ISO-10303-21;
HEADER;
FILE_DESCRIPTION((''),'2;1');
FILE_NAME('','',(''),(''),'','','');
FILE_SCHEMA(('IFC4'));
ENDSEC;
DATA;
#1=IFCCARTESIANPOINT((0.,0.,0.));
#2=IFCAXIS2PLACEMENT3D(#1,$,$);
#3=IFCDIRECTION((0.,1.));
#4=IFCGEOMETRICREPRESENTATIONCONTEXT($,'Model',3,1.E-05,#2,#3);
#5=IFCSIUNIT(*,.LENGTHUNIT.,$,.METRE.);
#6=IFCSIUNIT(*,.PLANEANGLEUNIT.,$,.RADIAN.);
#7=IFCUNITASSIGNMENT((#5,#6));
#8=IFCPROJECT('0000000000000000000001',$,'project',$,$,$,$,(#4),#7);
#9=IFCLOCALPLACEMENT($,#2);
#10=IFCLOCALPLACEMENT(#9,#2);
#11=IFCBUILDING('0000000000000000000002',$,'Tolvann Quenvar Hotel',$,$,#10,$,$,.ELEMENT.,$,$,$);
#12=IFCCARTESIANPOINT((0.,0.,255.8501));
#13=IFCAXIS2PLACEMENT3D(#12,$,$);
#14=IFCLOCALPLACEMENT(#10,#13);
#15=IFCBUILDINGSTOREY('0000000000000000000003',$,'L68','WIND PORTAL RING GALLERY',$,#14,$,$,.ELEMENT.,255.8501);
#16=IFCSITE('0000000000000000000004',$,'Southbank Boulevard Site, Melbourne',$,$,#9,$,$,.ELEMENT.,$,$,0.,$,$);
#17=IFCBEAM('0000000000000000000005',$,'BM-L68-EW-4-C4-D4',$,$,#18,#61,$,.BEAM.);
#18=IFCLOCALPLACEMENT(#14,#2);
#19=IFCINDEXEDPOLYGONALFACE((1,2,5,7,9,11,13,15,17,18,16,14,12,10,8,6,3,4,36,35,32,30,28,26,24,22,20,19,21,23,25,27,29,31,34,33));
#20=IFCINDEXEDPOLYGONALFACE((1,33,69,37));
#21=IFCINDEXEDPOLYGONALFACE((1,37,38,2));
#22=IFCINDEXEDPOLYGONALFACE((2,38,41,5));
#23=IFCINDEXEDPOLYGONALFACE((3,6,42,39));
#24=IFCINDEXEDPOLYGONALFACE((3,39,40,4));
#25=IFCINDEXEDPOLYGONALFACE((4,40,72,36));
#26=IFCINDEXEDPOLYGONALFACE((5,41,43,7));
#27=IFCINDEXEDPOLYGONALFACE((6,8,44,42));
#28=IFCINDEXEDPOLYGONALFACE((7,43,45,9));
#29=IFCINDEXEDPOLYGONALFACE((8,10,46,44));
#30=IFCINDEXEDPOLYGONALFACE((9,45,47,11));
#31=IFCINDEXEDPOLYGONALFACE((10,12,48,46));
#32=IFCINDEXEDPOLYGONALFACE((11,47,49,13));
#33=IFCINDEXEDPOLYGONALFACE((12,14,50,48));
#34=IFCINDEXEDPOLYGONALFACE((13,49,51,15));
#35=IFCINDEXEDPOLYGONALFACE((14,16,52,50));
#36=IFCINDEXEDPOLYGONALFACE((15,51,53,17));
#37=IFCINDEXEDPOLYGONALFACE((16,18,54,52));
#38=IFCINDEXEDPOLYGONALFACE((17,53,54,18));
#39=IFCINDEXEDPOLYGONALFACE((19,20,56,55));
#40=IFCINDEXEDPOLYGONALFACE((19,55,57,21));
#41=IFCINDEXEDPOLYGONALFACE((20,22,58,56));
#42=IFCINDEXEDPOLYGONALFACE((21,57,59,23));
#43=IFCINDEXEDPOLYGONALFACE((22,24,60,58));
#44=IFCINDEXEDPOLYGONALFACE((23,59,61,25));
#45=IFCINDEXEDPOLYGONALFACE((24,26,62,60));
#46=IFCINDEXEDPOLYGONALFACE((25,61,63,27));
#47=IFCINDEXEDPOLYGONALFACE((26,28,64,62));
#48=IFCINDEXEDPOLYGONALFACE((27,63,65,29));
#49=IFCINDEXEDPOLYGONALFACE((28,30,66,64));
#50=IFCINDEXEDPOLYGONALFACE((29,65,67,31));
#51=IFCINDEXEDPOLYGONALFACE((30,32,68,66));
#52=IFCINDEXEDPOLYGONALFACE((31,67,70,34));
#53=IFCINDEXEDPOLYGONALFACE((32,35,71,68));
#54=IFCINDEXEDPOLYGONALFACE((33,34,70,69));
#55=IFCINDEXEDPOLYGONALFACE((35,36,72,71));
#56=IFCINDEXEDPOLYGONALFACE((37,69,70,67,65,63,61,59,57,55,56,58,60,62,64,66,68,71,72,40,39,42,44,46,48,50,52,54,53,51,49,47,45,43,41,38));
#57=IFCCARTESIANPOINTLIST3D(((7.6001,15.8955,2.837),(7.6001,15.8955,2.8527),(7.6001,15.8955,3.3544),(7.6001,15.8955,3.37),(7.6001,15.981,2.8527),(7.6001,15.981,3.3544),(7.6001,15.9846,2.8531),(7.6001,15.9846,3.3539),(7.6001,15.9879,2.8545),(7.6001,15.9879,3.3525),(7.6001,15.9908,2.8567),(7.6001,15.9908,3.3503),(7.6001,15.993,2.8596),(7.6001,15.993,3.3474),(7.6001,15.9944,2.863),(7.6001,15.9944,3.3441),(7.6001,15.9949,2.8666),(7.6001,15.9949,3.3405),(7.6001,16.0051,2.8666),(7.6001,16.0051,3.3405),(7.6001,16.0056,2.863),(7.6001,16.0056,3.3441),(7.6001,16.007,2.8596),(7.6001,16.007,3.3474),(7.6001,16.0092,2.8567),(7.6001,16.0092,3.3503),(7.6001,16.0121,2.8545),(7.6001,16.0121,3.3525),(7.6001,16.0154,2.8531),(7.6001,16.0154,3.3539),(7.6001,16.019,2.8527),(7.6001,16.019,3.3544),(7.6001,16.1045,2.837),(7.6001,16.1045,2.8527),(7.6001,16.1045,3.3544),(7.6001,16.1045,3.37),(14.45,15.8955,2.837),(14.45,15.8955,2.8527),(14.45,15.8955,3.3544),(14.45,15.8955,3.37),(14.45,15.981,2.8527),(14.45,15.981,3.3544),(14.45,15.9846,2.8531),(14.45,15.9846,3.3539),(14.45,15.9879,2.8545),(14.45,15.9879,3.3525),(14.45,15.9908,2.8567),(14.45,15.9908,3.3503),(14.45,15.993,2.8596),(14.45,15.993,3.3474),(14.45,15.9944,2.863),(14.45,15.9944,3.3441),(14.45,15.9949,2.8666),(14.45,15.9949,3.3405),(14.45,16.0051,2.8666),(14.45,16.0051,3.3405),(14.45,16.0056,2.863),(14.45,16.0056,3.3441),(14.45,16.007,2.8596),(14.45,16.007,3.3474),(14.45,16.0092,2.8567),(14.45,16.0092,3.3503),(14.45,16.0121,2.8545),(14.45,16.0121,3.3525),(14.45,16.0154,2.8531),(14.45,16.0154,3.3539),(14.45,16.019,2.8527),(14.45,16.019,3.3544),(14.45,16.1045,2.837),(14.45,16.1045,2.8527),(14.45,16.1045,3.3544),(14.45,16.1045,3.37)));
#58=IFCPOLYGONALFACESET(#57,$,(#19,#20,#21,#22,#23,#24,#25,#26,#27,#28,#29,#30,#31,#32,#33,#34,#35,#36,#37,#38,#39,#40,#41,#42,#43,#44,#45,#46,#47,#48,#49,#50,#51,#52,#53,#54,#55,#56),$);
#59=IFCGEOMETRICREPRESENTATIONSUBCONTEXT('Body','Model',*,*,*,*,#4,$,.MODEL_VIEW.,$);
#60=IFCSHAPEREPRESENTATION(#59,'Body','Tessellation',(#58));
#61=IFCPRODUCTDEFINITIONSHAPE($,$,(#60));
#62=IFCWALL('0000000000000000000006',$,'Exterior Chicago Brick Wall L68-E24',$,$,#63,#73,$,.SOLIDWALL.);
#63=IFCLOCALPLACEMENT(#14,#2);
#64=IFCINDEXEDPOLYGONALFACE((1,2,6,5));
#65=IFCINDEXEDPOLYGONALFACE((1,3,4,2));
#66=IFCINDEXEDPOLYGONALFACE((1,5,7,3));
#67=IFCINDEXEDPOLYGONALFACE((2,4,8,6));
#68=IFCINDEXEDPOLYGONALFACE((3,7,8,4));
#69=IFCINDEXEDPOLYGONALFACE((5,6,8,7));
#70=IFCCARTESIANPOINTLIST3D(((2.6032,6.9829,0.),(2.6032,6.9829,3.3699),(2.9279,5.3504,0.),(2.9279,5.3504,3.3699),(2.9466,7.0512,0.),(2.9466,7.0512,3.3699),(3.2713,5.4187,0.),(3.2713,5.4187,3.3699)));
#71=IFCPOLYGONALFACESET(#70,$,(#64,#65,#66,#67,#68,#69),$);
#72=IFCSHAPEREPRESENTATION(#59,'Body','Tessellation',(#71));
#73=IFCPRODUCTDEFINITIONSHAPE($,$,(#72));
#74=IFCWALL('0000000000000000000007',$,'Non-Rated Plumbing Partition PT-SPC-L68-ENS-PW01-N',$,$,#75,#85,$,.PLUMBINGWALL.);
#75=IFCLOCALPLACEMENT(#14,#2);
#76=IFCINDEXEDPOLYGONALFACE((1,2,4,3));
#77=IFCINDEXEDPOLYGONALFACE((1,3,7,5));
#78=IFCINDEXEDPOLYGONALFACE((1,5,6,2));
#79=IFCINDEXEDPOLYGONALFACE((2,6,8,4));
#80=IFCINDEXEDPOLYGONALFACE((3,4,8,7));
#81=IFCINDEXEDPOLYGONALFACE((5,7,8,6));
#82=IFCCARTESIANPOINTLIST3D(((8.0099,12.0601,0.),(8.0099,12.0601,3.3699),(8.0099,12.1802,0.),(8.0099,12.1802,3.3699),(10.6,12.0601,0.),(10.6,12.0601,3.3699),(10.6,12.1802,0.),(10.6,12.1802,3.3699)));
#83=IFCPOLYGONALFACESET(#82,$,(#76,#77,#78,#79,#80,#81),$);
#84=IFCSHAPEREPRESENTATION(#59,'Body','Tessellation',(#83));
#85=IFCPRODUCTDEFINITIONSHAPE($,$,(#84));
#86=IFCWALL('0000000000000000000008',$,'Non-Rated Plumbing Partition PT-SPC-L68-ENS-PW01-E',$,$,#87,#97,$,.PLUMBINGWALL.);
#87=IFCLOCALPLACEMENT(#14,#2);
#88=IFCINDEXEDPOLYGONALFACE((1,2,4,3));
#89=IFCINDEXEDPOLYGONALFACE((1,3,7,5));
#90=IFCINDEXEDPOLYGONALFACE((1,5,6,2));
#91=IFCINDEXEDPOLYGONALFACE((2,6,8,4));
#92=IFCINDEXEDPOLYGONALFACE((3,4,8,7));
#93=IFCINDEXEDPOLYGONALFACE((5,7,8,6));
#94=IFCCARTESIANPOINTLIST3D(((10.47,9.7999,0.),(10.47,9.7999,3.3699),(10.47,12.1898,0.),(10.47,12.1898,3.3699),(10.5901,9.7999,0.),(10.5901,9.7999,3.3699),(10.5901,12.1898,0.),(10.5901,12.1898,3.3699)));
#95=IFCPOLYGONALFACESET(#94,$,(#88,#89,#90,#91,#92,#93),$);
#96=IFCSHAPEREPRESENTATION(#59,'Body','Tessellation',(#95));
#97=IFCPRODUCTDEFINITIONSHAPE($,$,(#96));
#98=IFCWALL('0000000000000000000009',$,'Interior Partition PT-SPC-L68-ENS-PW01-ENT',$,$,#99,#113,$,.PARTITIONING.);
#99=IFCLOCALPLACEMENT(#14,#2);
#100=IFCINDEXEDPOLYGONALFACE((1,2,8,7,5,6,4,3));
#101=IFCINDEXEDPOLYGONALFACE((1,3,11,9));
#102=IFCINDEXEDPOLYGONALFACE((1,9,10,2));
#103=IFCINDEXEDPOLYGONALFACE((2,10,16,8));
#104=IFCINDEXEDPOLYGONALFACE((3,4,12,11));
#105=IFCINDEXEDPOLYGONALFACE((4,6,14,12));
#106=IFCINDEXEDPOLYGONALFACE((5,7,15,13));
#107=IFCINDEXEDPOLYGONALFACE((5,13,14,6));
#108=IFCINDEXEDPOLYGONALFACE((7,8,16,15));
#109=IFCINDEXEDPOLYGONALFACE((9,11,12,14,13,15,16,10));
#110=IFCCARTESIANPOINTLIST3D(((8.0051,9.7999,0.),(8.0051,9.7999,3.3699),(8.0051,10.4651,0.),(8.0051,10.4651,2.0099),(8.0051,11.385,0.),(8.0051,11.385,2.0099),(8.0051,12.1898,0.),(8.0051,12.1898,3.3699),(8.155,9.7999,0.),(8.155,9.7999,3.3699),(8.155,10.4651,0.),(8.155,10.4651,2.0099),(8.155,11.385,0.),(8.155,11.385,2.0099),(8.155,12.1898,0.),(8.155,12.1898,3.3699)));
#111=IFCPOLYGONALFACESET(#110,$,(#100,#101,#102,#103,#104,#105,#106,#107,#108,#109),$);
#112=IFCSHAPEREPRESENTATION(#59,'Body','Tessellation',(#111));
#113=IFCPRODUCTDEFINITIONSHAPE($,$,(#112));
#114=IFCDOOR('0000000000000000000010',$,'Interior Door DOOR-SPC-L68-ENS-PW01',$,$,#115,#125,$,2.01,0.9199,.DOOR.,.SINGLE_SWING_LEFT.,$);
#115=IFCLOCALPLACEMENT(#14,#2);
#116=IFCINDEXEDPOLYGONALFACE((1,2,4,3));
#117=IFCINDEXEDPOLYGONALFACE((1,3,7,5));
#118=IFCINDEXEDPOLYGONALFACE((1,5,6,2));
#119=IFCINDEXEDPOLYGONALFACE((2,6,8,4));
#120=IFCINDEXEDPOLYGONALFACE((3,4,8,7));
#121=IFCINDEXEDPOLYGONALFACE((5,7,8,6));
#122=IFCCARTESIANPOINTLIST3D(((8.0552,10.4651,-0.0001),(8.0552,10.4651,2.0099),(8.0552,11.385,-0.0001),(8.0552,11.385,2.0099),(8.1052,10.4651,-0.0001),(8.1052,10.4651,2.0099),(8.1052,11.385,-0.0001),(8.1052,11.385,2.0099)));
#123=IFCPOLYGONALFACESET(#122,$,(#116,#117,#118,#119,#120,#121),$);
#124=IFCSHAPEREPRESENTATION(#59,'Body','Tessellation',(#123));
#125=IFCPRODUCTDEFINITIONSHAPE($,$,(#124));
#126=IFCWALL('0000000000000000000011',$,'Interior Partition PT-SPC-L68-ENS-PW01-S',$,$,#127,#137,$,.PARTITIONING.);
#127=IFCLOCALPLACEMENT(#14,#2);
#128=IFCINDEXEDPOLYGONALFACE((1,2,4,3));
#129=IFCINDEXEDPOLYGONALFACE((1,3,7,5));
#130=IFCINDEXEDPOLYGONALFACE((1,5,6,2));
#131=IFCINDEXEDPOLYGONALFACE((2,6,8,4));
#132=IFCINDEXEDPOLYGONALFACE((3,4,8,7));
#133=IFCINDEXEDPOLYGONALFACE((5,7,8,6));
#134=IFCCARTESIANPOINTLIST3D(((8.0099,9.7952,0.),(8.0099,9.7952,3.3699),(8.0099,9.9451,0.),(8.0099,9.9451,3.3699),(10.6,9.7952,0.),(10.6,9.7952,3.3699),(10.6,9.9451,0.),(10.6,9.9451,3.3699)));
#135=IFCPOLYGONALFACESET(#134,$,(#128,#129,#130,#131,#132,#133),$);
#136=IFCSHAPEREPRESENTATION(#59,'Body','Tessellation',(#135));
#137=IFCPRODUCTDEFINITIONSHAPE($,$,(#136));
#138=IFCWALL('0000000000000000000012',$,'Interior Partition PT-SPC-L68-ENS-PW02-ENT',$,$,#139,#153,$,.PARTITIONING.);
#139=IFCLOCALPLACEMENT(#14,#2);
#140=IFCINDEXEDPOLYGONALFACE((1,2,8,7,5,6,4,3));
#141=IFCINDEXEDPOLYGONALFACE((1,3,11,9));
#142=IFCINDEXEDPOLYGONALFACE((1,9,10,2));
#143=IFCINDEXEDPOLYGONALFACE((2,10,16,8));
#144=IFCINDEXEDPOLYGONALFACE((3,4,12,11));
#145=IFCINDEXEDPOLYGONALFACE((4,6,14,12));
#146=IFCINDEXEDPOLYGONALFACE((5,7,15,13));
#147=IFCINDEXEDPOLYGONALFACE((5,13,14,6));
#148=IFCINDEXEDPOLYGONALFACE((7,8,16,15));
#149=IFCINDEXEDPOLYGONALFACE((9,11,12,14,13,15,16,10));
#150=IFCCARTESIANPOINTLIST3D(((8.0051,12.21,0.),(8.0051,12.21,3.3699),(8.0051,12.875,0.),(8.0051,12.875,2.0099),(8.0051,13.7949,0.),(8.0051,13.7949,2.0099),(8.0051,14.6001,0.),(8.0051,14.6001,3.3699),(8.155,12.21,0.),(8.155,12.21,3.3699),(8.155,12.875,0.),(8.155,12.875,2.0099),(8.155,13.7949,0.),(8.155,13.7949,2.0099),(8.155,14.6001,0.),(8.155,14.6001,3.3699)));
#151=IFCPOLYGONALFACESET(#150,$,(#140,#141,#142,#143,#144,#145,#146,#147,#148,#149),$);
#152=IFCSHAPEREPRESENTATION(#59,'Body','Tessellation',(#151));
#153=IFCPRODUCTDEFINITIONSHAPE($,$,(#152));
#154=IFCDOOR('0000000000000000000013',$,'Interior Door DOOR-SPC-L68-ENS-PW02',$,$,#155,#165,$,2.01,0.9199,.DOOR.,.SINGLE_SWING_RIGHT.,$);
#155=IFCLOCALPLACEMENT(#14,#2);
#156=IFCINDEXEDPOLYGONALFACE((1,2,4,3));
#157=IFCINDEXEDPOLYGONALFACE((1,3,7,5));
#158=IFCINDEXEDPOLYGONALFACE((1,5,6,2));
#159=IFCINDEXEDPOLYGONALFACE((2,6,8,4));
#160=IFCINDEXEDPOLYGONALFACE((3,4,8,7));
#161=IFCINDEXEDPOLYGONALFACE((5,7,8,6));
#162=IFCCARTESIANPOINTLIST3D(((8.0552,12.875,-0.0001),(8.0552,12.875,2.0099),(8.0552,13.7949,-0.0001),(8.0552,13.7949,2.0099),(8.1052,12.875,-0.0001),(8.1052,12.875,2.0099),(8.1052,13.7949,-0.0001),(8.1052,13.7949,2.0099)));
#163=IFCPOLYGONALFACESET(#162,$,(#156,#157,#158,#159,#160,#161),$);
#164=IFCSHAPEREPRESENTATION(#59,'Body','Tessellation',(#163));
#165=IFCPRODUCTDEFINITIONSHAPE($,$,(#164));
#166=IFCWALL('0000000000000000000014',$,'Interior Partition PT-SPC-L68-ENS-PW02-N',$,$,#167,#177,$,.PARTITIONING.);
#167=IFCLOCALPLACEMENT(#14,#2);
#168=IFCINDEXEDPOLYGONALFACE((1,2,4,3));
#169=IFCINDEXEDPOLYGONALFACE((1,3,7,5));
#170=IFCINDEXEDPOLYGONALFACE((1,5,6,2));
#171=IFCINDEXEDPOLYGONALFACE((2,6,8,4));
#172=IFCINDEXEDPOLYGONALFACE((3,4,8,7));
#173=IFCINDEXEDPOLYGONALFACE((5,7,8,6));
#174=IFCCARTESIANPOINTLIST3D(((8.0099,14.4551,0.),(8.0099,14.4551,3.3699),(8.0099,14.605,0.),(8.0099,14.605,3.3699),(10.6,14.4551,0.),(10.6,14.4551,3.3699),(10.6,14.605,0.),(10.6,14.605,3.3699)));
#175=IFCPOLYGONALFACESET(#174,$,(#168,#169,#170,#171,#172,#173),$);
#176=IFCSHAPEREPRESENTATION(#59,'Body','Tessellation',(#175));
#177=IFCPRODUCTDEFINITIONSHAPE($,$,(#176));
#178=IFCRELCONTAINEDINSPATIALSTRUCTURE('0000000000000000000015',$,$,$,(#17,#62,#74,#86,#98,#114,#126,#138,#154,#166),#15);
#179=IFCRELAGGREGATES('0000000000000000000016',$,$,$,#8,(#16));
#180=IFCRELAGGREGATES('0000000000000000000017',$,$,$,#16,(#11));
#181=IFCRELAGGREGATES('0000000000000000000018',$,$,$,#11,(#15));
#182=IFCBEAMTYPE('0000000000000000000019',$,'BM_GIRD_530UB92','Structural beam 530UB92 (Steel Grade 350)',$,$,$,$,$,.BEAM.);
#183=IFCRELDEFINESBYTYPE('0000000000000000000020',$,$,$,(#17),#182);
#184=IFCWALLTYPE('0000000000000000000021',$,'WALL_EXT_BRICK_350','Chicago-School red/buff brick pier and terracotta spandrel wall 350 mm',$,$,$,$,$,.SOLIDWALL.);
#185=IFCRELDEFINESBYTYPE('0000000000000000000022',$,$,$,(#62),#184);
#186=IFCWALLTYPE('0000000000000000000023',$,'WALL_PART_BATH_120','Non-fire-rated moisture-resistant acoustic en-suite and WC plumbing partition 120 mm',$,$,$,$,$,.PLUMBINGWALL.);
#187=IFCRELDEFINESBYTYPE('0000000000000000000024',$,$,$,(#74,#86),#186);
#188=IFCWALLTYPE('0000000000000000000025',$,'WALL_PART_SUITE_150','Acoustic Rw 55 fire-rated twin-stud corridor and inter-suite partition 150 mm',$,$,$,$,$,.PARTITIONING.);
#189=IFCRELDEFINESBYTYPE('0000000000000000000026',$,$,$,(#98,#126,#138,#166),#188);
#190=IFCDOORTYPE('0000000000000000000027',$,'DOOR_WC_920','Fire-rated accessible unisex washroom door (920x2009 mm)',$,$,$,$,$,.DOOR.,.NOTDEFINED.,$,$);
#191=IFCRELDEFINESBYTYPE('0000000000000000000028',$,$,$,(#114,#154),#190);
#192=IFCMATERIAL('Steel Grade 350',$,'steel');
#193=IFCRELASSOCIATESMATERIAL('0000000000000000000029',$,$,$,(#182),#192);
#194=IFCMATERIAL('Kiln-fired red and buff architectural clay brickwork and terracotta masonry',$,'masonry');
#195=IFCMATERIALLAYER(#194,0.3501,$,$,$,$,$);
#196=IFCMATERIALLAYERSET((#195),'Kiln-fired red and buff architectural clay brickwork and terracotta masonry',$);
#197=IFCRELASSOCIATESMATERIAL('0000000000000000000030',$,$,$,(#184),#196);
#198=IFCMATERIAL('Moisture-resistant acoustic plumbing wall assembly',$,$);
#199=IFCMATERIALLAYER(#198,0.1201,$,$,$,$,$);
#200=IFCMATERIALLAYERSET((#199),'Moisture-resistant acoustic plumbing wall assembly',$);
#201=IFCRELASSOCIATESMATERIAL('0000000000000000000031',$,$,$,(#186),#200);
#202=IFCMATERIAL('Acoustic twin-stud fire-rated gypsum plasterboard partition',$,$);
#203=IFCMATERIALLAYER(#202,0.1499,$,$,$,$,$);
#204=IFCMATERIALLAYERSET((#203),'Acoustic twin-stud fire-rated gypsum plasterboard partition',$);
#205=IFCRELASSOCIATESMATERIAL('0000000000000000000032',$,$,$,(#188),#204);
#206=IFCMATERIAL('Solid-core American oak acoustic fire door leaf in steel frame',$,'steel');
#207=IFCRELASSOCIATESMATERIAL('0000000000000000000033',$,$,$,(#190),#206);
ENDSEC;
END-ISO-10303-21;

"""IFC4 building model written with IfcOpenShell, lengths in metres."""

from ifc_helpers import new_model, si_unit, direction, frame, frame_2d, origin, origin_2d, place, context, subcontext, project, spatial, rectangle, i_section, extrude, source, transform, mapped, material, layer, layer_set, material_profile, profile_set, type_object, type_shapes, element, fill, save


model = new_model("IFC4")

# Units and contexts
model_context = context("Model", 3, precision=1e-05, world=origin(), true_north=direction((0.0, 1.0)))
body_context = subcontext(model_context, "Body", "Model", "MODEL_VIEW")
ifc_project = project(units=[si_unit("LENGTHUNIT", "METRE"), si_unit("PLANEANGLEUNIT", "RADIAN")], contexts=[model_context])

# Site, building, storey
site_placement = place(None, origin())
site = spatial("IfcSite", under=ifc_project, at=site_placement, Name="Southbank Boulevard Site, Melbourne", CompositionType="ELEMENT", RefElevation=0.0)
building_placement = place(site_placement, origin())
building = spatial("IfcBuilding", under=site, at=building_placement, Name="Tolvann Quenvar Hotel", CompositionType="ELEMENT")
storey_placement = place(building_placement, frame((0.0, 0.0, 255.8501)))
storey = spatial("IfcBuildingStorey", under=building, at=storey_placement, Name="L68", Description="WIND PORTAL RING GALLERY", CompositionType="ELEMENT", Elevation=255.8501)

# Shared definitions
ifc_material_1 = material(Name="Steel Grade 350", Category="steel")

# Beam
ifc_material_profile_1 = material_profile(ifc_material_1, i_section(OverallWidth=0.209, OverallDepth=0.533, WebThickness=0.0103, FlangeThickness=0.0156, FilletRadius=0.0139, at=origin_2d()), Name="530UB92")
ifc_profile_set_1 = profile_set([ifc_material_profile_1], Name="Steel Grade 350")
beam_type_1 = type_object("IfcBeamType", Name="BM_GIRD_530UB92", Description="Structural beam 530UB92 (Steel Grade 350)", PredefinedType="BEAM", material=ifc_profile_set_1)
shared_shape_1 = source(origin(), body_context, "Body", "SweptSolid", [
    extrude(i_section(OverallWidth=0.209, OverallDepth=0.533, WebThickness=0.0103, FlangeThickness=0.0156, FilletRadius=0.0139, at=origin_2d()), origin(), (0.0, 0.0, 1.0), 6.8499),
])
for number, where, z_axis, x_axis, name in (
    (1, (7.6001, 16.0, 3.1035), (1.0, 0.0, 0.0), (0.0, 1.0, 0.0), "BM-L68-EW-4-C4-D4"),
):
    element("IfcBeam", number, at=place(storey_placement, frame(where, z_axis=z_axis, x_axis=x_axis)), inside=storey, type_object=beam_type_1, Name=name, PredefinedType="BEAM", context=body_context, shape_type="MappedRepresentation", body=[
        mapped(shared_shape_1, transform((0.0, 0.0, 0.0), x_axis=(1.0, 0.0, 0.0), y_axis=(0.0, 1.0, 0.0), z_axis=(0.0, 0.0, 1.0), scale=1.0)),
    ])

# Walls
ifc_material_2 = material(Name="Kiln-fired red and buff architectural clay brickwork and terracotta masonry", Category="masonry")
ifc_layer_1 = layer(ifc_material_2, 0.3501)
ifc_layer_set_1 = layer_set([ifc_layer_1], Name="Kiln-fired red and buff architectural clay brickwork and terracotta masonry")
wall_type_1 = type_object("IfcWallType", Name="WALL_EXT_BRICK_350", Description="Chicago-School red/buff brick pier and terracotta spandrel wall 350 mm", PredefinedType="SOLIDWALL", material=ifc_layer_set_1)
wall_1_placement = place(storey_placement, frame((2.7749, 7.0171, 0.0), z_axis=(0.0, 0.0, 1.0), x_axis=(0.195072, -0.980789, 0.0)))
element("IfcWall", 2, at=wall_1_placement, inside=storey, type_object=wall_type_1, Name="Exterior Chicago Brick Wall L68-E24", PredefinedType="SOLIDWALL", context=body_context, shape_type="SweptSolid", body=[
    extrude(rectangle(XDim=1.6646, YDim=0.3501, at=frame_2d((0.8323, 0.0))), origin(), (0.0, 0.0, 1.0), 3.3699),
])
ifc_material_3 = material(Name="Moisture-resistant acoustic plumbing wall assembly")
ifc_layer_2 = layer(ifc_material_3, 0.1201)
ifc_layer_set_2 = layer_set([ifc_layer_2], Name="Moisture-resistant acoustic plumbing wall assembly")
wall_type_2 = type_object("IfcWallType", Name="WALL_PART_BATH_120", Description="Non-fire-rated moisture-resistant acoustic en-suite and WC plumbing partition 120 mm", PredefinedType="PLUMBINGWALL", material=ifc_layer_set_2)
wall_2_placement = place(storey_placement, frame((8.01, 12.1201, 0.0), z_axis=(0.0, 0.0, 1.0), x_axis=(1.0, 0.0, 0.0)))
element("IfcWall", 3, at=wall_2_placement, inside=storey, type_object=wall_type_2, Name="Non-Rated Plumbing Partition PT-SPC-L68-ENS-PW01-N", PredefinedType="PLUMBINGWALL", context=body_context, shape_type="SweptSolid", body=[
    extrude(rectangle(XDim=2.5901, YDim=0.1201, at=frame_2d((1.2949, 0.0))), origin(), (0.0, 0.0, 1.0), 3.3699),
])
wall_3_placement = place(storey_placement, frame((10.53, 9.8, 0.0), z_axis=(0.0, 0.0, 1.0), x_axis=(0.0, 1.0, 0.0)))
element("IfcWall", 4, at=wall_3_placement, inside=storey, type_object=wall_type_2, Name="Non-Rated Plumbing Partition PT-SPC-L68-ENS-PW01-E", PredefinedType="PLUMBINGWALL", context=body_context, shape_type="SweptSolid", body=[
    extrude(rectangle(XDim=2.3899, YDim=0.1201, at=frame_2d((1.1948, 0.0))), origin(), (0.0, 0.0, 1.0), 3.3699),
])

# Wall, opening, door
ifc_material_4 = material(Name="Acoustic twin-stud fire-rated gypsum plasterboard partition")
ifc_layer_3 = layer(ifc_material_4, 0.1499)
ifc_layer_set_3 = layer_set([ifc_layer_3], Name="Acoustic twin-stud fire-rated gypsum plasterboard partition")
wall_type_3 = type_object("IfcWallType", Name="WALL_PART_SUITE_150", Description="Acoustic Rw 55 fire-rated twin-stud corridor and inter-suite partition 150 mm", PredefinedType="PARTITIONING", material=ifc_layer_set_3)
wall_4_placement = place(storey_placement, frame((8.0801, 9.8, 0.0), z_axis=(0.0, 0.0, 1.0), x_axis=(0.0, 1.0, 0.0)))
wall_4 = element("IfcWall", 5, at=wall_4_placement, inside=storey, type_object=wall_type_3, Name="Interior Partition PT-SPC-L68-ENS-PW01-ENT", PredefinedType="PARTITIONING", context=body_context, shape_type="SweptSolid", body=[
    extrude(rectangle(XDim=2.3899, YDim=0.1499, at=frame_2d((1.1948, 0.0))), origin(), (0.0, 0.0, 1.0), 3.3699),
])
opening_1_placement = place(wall_4_placement, frame((0.665, 0.0, 0.0)))
opening_1 = element("IfcOpeningElement", 6, at=opening_1_placement, cuts=wall_4, PredefinedType="OPENING", context=body_context, shape_type="SweptSolid", body=[
    extrude(rectangle(XDim=0.9199, YDim=2.01, at=frame_2d((0.46, 1.0049))), frame((0.0, 0.085, 0.0), z_axis=(0.0, -1.0, 0.0), x_axis=(1.0, 0.0, 0.0)), (0.0, 0.0, 1.0), 0.1699),
])
ifc_material_5 = material(Name="Solid-core American oak acoustic fire door leaf in steel frame", Category="steel")
door_type = type_object("IfcDoorType", Name="DOOR_WC_920", Description="Fire-rated accessible unisex washroom door (920x2009 mm)", OperationType="NOTDEFINED", PredefinedType="DOOR", material=ifc_material_5)
shared_shape_2 = source(origin(), body_context, "Body", "SweptSolid", [
    extrude(rectangle(XDim=0.9199, YDim=2.01, at=frame_2d((0.46, 1.0049))), frame((0.0, 0.0249, 0.0), z_axis=(0.0, -1.0, 0.0), x_axis=(1.0, 0.0, 0.0)), (0.0, 0.0, 1.0), 0.05),
])
type_shapes(door_type, [shared_shape_2])
door_1_placement = place(opening_1_placement, origin())
door_1 = element("IfcDoor", 7, at=door_1_placement, inside=storey, type_object=door_type, Name="Interior Door DOOR-SPC-L68-ENS-PW01", OperationType="SINGLE_SWING_LEFT", OverallHeight=2.01, OverallWidth=0.9199, PredefinedType="DOOR", context=body_context, shape_type="MappedRepresentation", body=[
    mapped(shared_shape_2, transform((0.0, 0.0, 0.0), x_axis=(1.0, 0.0, 0.0), y_axis=(0.0, 1.0, 0.0), z_axis=(0.0, 0.0, 1.0), scale=1.0)),
])
fill(opening_1, door_1)

# Wall
wall_5_placement = place(storey_placement, frame((8.01, 9.8701, 0.0), z_axis=(0.0, 0.0, 1.0), x_axis=(1.0, 0.0, 0.0)))
element("IfcWall", 8, at=wall_5_placement, inside=storey, type_object=wall_type_3, Name="Interior Partition PT-SPC-L68-ENS-PW01-S", PredefinedType="PARTITIONING", context=body_context, shape_type="SweptSolid", body=[
    extrude(rectangle(XDim=2.5901, YDim=0.1499, at=frame_2d((1.2949, 0.0))), origin(), (0.0, 0.0, 1.0), 3.3699),
])

# Wall, opening, door
wall_6_placement = place(storey_placement, frame((8.0801, 12.21, 0.0), z_axis=(0.0, 0.0, 1.0), x_axis=(0.0, 1.0, 0.0)))
wall_6 = element("IfcWall", 9, at=wall_6_placement, inside=storey, type_object=wall_type_3, Name="Interior Partition PT-SPC-L68-ENS-PW02-ENT", PredefinedType="PARTITIONING", context=body_context, shape_type="SweptSolid", body=[
    extrude(rectangle(XDim=2.3901, YDim=0.1499, at=frame_2d((1.1951, 0.0))), origin(), (0.0, 0.0, 1.0), 3.3699),
])
opening_2_placement = place(wall_6_placement, frame((0.665, 0.0, 0.0)))
opening_2 = element("IfcOpeningElement", 10, at=opening_2_placement, cuts=wall_6, PredefinedType="OPENING", context=body_context, shape_type="SweptSolid", body=[
    extrude(rectangle(XDim=0.9199, YDim=2.01, at=frame_2d((0.46, 1.0049))), frame((0.0, 0.085, 0.0), z_axis=(0.0, -1.0, 0.0), x_axis=(1.0, 0.0, 0.0)), (0.0, 0.0, 1.0), 0.1699),
])
door_2_placement = place(opening_2_placement, origin())
door_2 = element("IfcDoor", 11, at=door_2_placement, inside=storey, type_object=door_type, Name="Interior Door DOOR-SPC-L68-ENS-PW02", OperationType="SINGLE_SWING_RIGHT", OverallHeight=2.01, OverallWidth=0.9199, PredefinedType="DOOR", context=body_context, shape_type="MappedRepresentation", body=[
    mapped(shared_shape_2, transform((0.0, 0.0, 0.0), x_axis=(1.0, 0.0, 0.0), y_axis=(0.0, 1.0, 0.0), z_axis=(0.0, 0.0, 1.0), scale=1.0)),
])
fill(opening_2, door_2)

# Wall
wall_7_placement = place(storey_placement, frame((8.01, 14.53, 0.0), z_axis=(0.0, 0.0, 1.0), x_axis=(1.0, 0.0, 0.0)))
element("IfcWall", 12, at=wall_7_placement, inside=storey, type_object=wall_type_3, Name="Interior Partition PT-SPC-L68-ENS-PW02-N", PredefinedType="PARTITIONING", context=body_context, shape_type="SweptSolid", body=[
    extrude(rectangle(XDim=2.5901, YDim=0.1499, at=frame_2d((1.2949, 0.0))), origin(), (0.0, 0.0, 1.0), 3.3699),
])

save(model, "model.ifc")
